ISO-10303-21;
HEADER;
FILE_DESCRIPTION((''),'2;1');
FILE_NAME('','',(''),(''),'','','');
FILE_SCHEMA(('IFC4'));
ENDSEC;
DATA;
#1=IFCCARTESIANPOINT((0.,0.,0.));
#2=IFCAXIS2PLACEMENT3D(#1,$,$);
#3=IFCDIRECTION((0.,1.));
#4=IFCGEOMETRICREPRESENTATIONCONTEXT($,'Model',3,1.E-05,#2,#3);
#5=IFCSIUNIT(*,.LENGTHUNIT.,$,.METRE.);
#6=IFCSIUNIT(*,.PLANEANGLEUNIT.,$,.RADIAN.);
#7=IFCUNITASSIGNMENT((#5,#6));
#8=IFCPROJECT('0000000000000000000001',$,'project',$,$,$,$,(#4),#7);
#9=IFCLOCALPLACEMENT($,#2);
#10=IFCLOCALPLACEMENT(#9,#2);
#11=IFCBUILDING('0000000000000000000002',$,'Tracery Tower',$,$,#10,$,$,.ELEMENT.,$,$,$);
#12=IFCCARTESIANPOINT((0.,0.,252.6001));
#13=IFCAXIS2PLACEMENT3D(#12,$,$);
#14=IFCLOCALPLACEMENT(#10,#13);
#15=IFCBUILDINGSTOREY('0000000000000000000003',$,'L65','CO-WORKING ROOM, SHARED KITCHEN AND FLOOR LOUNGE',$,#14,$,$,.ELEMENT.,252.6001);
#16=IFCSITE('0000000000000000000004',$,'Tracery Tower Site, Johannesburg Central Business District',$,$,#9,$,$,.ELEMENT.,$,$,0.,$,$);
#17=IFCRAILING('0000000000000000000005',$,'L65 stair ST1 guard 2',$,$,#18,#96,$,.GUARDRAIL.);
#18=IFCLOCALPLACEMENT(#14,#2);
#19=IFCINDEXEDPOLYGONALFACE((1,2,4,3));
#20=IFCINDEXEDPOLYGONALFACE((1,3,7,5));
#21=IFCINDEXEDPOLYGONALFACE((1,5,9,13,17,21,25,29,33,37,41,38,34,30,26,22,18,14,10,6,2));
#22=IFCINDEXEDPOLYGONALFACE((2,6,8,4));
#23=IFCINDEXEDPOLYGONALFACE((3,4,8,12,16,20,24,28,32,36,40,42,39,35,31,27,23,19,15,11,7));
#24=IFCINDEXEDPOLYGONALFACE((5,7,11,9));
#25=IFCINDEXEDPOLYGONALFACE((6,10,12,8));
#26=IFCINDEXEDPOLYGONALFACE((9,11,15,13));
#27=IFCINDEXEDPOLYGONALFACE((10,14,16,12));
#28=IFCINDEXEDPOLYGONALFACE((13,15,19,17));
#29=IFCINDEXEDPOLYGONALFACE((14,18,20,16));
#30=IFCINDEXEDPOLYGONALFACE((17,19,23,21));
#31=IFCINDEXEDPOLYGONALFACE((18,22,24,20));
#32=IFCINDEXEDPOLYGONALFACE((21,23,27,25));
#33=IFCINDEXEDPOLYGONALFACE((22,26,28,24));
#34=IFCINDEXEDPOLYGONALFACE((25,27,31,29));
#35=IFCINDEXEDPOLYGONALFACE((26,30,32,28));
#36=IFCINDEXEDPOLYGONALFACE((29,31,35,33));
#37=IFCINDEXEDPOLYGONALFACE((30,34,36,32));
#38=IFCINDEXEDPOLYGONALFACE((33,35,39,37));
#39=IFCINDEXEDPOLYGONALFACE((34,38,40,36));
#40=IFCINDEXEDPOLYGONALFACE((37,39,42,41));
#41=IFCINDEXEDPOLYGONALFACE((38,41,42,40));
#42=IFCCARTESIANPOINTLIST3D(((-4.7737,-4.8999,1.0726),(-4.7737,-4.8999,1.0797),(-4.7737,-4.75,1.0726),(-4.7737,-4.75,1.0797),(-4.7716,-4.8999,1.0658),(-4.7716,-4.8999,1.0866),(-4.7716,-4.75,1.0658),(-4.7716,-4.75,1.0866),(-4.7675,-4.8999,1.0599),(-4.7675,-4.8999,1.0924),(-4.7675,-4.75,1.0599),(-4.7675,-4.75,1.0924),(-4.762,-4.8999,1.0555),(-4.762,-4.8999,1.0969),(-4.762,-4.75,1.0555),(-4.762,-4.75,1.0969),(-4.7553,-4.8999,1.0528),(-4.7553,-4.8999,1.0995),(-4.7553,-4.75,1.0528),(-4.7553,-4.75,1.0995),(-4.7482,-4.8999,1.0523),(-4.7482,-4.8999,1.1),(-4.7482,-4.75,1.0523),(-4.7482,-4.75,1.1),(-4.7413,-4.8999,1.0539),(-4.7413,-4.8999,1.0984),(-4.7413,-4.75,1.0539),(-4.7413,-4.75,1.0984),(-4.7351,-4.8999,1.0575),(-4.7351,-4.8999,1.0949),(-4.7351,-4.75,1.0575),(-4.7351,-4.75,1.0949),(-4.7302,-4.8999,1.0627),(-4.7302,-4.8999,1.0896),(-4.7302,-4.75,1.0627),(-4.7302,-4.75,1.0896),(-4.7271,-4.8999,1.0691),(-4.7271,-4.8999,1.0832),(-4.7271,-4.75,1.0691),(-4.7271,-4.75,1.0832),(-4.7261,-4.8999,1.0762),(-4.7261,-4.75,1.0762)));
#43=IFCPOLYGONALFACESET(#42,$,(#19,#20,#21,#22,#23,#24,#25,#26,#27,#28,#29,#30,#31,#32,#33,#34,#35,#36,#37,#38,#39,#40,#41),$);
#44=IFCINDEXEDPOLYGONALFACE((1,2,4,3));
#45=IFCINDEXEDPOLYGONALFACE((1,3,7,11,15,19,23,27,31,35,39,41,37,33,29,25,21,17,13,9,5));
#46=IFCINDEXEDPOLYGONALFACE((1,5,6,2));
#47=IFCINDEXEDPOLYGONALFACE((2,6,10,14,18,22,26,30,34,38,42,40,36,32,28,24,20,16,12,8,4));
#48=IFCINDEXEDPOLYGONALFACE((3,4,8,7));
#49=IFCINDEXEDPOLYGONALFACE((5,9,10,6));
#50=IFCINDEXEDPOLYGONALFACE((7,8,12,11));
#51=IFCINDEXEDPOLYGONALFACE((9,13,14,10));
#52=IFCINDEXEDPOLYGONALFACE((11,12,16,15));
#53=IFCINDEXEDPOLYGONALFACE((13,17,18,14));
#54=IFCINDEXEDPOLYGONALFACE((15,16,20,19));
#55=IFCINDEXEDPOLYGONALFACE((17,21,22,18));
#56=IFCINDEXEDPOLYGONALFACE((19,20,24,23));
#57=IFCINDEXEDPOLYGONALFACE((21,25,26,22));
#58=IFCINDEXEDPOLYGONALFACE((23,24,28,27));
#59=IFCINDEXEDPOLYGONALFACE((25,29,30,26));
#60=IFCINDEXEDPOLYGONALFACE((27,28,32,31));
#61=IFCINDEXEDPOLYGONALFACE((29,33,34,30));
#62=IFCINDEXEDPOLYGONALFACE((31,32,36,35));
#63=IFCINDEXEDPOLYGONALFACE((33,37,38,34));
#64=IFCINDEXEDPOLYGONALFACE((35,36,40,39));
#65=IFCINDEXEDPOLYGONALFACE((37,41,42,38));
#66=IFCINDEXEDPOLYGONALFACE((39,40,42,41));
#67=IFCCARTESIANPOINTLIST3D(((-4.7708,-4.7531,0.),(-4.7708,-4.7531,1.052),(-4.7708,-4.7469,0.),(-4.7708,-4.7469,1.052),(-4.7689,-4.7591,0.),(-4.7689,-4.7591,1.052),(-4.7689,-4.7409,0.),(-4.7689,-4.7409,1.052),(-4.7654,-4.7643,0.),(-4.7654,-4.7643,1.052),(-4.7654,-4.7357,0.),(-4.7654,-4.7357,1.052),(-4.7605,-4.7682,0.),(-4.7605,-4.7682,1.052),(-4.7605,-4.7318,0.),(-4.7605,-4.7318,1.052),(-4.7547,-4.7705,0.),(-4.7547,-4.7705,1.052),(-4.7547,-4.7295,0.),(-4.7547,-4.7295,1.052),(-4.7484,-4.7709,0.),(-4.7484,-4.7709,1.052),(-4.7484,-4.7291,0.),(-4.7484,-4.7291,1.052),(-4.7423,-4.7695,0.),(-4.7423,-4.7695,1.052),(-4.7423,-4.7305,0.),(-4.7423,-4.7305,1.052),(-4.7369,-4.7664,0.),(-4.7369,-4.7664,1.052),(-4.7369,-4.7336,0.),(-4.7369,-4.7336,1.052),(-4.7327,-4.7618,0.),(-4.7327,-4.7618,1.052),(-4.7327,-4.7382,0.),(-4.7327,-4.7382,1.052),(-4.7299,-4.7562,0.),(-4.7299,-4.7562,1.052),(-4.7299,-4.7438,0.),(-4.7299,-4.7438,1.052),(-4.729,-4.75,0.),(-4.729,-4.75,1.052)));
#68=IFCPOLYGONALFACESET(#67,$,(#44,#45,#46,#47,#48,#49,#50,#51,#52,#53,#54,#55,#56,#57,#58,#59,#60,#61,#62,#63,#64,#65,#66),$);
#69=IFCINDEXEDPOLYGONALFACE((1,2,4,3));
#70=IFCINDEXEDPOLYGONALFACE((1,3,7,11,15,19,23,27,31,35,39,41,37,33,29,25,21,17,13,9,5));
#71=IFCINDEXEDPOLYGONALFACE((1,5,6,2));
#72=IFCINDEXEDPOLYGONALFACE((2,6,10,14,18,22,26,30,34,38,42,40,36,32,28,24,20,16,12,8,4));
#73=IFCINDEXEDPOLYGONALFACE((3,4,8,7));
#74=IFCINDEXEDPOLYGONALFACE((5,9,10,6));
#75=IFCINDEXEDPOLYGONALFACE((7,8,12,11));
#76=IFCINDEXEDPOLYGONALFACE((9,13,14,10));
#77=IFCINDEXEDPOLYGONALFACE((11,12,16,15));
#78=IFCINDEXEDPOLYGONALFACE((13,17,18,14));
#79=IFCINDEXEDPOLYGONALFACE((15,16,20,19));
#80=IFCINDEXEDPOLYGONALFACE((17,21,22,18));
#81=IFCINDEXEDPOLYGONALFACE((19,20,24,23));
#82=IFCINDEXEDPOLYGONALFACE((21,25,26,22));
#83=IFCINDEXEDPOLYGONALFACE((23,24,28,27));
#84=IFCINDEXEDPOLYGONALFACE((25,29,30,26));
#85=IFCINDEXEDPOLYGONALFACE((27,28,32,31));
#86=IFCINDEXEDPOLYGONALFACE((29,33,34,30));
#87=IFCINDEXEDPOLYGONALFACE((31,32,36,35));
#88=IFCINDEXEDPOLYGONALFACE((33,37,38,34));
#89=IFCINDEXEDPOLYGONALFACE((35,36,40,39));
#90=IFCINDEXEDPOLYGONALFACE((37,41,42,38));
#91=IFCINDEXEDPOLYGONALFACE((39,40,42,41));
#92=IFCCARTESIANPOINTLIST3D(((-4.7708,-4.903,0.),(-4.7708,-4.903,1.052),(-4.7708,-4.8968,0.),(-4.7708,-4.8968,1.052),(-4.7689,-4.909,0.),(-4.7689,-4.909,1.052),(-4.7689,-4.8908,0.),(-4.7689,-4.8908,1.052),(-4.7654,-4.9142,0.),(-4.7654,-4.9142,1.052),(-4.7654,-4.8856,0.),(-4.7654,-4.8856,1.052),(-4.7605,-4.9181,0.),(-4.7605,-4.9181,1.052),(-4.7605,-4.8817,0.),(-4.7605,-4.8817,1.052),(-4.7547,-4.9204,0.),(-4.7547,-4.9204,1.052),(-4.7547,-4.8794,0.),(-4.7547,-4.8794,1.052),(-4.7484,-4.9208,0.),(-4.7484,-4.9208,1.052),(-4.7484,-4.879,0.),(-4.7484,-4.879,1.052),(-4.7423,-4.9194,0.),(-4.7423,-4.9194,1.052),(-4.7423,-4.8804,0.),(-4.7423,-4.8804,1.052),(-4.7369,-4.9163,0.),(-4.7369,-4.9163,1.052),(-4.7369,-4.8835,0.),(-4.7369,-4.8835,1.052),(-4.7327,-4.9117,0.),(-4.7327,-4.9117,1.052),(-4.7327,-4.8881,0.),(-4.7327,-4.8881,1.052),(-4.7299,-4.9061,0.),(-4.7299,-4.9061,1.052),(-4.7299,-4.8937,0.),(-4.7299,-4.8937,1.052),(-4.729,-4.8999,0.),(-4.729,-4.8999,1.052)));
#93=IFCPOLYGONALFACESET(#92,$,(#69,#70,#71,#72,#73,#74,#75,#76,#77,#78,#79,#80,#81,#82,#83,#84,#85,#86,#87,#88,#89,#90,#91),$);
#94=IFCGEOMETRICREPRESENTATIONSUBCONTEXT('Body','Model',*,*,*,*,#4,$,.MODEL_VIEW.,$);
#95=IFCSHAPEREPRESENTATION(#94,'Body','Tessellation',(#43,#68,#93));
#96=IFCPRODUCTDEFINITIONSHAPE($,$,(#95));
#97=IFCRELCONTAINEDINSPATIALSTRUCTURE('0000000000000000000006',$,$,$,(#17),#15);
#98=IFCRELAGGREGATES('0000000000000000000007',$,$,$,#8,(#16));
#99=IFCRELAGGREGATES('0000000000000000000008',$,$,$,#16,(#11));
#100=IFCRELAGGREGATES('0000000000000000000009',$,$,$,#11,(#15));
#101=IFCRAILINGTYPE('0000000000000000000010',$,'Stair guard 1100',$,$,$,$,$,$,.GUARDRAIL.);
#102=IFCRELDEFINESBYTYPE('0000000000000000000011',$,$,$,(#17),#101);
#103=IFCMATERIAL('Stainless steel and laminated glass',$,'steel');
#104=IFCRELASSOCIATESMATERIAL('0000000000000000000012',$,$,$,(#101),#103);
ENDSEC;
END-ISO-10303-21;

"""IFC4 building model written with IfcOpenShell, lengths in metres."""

from ifc_helpers import new_model, si_unit, direction, frame, origin, origin_2d, place, context, subcontext, project, spatial, circle, extrude, material, type_object, element, save


model = new_model("IFC4")

# Units and contexts
model_context = context("Model", 3, precision=1e-05, world=origin(), true_north=direction((0.0, 1.0)))
body_context = subcontext(model_context, "Body", "Model", "MODEL_VIEW")
ifc_project = project(units=[si_unit("LENGTHUNIT", "METRE"), si_unit("PLANEANGLEUNIT", "RADIAN")], contexts=[model_context])

# Site, building, storey
site_placement = place(None, origin())
site = spatial("IfcSite", under=ifc_project, at=site_placement, Name="Tracery Tower Site, Johannesburg Central Business District", CompositionType="ELEMENT", RefElevation=0.0)
building_placement = place(site_placement, origin())
building = spatial("IfcBuilding", under=site, at=building_placement, Name="Tracery Tower", CompositionType="ELEMENT")
storey_placement = place(building_placement, frame((0.0, 0.0, 252.6001)))
storey = spatial("IfcBuildingStorey", under=building, at=storey_placement, Name="L65", Description="CO-WORKING ROOM, SHARED KITCHEN AND FLOOR LOUNGE", CompositionType="ELEMENT", Elevation=252.6001)

# Railing
ifc_material_1 = material(Name="Stainless steel and laminated glass", Category="steel")
railing_type_1 = type_object("IfcRailingType", Name="Stair guard 1100", PredefinedType="GUARDRAIL", material=ifc_material_1)
railing_1_placement = place(storey_placement, frame((-4.75, -4.75, 0.0)))
element("IfcRailing", 1, at=railing_1_placement, inside=storey, type_object=railing_type_1, Name="L65 stair ST1 guard 2", PredefinedType="GUARDRAIL", context=body_context, shape_type="SweptSolid", body=[
    extrude(circle(Radius=0.0239, at=origin_2d()), frame((0.0, 0.0, 1.0762), z_axis=(0.0, -1.0, 0.0), x_axis=(1.0, 0.0, 0.0)), (0.0, 0.0, 1.0), 0.1499),
    extrude(circle(Radius=0.021, at=origin_2d()), origin(), (0.0, 0.0, 1.0), 1.052),
    extrude(circle(Radius=0.021, at=origin_2d()), frame((0.0, -0.1499, 0.0)), (0.0, 0.0, 1.0), 1.052),
])

save(model, "model.ifc")
